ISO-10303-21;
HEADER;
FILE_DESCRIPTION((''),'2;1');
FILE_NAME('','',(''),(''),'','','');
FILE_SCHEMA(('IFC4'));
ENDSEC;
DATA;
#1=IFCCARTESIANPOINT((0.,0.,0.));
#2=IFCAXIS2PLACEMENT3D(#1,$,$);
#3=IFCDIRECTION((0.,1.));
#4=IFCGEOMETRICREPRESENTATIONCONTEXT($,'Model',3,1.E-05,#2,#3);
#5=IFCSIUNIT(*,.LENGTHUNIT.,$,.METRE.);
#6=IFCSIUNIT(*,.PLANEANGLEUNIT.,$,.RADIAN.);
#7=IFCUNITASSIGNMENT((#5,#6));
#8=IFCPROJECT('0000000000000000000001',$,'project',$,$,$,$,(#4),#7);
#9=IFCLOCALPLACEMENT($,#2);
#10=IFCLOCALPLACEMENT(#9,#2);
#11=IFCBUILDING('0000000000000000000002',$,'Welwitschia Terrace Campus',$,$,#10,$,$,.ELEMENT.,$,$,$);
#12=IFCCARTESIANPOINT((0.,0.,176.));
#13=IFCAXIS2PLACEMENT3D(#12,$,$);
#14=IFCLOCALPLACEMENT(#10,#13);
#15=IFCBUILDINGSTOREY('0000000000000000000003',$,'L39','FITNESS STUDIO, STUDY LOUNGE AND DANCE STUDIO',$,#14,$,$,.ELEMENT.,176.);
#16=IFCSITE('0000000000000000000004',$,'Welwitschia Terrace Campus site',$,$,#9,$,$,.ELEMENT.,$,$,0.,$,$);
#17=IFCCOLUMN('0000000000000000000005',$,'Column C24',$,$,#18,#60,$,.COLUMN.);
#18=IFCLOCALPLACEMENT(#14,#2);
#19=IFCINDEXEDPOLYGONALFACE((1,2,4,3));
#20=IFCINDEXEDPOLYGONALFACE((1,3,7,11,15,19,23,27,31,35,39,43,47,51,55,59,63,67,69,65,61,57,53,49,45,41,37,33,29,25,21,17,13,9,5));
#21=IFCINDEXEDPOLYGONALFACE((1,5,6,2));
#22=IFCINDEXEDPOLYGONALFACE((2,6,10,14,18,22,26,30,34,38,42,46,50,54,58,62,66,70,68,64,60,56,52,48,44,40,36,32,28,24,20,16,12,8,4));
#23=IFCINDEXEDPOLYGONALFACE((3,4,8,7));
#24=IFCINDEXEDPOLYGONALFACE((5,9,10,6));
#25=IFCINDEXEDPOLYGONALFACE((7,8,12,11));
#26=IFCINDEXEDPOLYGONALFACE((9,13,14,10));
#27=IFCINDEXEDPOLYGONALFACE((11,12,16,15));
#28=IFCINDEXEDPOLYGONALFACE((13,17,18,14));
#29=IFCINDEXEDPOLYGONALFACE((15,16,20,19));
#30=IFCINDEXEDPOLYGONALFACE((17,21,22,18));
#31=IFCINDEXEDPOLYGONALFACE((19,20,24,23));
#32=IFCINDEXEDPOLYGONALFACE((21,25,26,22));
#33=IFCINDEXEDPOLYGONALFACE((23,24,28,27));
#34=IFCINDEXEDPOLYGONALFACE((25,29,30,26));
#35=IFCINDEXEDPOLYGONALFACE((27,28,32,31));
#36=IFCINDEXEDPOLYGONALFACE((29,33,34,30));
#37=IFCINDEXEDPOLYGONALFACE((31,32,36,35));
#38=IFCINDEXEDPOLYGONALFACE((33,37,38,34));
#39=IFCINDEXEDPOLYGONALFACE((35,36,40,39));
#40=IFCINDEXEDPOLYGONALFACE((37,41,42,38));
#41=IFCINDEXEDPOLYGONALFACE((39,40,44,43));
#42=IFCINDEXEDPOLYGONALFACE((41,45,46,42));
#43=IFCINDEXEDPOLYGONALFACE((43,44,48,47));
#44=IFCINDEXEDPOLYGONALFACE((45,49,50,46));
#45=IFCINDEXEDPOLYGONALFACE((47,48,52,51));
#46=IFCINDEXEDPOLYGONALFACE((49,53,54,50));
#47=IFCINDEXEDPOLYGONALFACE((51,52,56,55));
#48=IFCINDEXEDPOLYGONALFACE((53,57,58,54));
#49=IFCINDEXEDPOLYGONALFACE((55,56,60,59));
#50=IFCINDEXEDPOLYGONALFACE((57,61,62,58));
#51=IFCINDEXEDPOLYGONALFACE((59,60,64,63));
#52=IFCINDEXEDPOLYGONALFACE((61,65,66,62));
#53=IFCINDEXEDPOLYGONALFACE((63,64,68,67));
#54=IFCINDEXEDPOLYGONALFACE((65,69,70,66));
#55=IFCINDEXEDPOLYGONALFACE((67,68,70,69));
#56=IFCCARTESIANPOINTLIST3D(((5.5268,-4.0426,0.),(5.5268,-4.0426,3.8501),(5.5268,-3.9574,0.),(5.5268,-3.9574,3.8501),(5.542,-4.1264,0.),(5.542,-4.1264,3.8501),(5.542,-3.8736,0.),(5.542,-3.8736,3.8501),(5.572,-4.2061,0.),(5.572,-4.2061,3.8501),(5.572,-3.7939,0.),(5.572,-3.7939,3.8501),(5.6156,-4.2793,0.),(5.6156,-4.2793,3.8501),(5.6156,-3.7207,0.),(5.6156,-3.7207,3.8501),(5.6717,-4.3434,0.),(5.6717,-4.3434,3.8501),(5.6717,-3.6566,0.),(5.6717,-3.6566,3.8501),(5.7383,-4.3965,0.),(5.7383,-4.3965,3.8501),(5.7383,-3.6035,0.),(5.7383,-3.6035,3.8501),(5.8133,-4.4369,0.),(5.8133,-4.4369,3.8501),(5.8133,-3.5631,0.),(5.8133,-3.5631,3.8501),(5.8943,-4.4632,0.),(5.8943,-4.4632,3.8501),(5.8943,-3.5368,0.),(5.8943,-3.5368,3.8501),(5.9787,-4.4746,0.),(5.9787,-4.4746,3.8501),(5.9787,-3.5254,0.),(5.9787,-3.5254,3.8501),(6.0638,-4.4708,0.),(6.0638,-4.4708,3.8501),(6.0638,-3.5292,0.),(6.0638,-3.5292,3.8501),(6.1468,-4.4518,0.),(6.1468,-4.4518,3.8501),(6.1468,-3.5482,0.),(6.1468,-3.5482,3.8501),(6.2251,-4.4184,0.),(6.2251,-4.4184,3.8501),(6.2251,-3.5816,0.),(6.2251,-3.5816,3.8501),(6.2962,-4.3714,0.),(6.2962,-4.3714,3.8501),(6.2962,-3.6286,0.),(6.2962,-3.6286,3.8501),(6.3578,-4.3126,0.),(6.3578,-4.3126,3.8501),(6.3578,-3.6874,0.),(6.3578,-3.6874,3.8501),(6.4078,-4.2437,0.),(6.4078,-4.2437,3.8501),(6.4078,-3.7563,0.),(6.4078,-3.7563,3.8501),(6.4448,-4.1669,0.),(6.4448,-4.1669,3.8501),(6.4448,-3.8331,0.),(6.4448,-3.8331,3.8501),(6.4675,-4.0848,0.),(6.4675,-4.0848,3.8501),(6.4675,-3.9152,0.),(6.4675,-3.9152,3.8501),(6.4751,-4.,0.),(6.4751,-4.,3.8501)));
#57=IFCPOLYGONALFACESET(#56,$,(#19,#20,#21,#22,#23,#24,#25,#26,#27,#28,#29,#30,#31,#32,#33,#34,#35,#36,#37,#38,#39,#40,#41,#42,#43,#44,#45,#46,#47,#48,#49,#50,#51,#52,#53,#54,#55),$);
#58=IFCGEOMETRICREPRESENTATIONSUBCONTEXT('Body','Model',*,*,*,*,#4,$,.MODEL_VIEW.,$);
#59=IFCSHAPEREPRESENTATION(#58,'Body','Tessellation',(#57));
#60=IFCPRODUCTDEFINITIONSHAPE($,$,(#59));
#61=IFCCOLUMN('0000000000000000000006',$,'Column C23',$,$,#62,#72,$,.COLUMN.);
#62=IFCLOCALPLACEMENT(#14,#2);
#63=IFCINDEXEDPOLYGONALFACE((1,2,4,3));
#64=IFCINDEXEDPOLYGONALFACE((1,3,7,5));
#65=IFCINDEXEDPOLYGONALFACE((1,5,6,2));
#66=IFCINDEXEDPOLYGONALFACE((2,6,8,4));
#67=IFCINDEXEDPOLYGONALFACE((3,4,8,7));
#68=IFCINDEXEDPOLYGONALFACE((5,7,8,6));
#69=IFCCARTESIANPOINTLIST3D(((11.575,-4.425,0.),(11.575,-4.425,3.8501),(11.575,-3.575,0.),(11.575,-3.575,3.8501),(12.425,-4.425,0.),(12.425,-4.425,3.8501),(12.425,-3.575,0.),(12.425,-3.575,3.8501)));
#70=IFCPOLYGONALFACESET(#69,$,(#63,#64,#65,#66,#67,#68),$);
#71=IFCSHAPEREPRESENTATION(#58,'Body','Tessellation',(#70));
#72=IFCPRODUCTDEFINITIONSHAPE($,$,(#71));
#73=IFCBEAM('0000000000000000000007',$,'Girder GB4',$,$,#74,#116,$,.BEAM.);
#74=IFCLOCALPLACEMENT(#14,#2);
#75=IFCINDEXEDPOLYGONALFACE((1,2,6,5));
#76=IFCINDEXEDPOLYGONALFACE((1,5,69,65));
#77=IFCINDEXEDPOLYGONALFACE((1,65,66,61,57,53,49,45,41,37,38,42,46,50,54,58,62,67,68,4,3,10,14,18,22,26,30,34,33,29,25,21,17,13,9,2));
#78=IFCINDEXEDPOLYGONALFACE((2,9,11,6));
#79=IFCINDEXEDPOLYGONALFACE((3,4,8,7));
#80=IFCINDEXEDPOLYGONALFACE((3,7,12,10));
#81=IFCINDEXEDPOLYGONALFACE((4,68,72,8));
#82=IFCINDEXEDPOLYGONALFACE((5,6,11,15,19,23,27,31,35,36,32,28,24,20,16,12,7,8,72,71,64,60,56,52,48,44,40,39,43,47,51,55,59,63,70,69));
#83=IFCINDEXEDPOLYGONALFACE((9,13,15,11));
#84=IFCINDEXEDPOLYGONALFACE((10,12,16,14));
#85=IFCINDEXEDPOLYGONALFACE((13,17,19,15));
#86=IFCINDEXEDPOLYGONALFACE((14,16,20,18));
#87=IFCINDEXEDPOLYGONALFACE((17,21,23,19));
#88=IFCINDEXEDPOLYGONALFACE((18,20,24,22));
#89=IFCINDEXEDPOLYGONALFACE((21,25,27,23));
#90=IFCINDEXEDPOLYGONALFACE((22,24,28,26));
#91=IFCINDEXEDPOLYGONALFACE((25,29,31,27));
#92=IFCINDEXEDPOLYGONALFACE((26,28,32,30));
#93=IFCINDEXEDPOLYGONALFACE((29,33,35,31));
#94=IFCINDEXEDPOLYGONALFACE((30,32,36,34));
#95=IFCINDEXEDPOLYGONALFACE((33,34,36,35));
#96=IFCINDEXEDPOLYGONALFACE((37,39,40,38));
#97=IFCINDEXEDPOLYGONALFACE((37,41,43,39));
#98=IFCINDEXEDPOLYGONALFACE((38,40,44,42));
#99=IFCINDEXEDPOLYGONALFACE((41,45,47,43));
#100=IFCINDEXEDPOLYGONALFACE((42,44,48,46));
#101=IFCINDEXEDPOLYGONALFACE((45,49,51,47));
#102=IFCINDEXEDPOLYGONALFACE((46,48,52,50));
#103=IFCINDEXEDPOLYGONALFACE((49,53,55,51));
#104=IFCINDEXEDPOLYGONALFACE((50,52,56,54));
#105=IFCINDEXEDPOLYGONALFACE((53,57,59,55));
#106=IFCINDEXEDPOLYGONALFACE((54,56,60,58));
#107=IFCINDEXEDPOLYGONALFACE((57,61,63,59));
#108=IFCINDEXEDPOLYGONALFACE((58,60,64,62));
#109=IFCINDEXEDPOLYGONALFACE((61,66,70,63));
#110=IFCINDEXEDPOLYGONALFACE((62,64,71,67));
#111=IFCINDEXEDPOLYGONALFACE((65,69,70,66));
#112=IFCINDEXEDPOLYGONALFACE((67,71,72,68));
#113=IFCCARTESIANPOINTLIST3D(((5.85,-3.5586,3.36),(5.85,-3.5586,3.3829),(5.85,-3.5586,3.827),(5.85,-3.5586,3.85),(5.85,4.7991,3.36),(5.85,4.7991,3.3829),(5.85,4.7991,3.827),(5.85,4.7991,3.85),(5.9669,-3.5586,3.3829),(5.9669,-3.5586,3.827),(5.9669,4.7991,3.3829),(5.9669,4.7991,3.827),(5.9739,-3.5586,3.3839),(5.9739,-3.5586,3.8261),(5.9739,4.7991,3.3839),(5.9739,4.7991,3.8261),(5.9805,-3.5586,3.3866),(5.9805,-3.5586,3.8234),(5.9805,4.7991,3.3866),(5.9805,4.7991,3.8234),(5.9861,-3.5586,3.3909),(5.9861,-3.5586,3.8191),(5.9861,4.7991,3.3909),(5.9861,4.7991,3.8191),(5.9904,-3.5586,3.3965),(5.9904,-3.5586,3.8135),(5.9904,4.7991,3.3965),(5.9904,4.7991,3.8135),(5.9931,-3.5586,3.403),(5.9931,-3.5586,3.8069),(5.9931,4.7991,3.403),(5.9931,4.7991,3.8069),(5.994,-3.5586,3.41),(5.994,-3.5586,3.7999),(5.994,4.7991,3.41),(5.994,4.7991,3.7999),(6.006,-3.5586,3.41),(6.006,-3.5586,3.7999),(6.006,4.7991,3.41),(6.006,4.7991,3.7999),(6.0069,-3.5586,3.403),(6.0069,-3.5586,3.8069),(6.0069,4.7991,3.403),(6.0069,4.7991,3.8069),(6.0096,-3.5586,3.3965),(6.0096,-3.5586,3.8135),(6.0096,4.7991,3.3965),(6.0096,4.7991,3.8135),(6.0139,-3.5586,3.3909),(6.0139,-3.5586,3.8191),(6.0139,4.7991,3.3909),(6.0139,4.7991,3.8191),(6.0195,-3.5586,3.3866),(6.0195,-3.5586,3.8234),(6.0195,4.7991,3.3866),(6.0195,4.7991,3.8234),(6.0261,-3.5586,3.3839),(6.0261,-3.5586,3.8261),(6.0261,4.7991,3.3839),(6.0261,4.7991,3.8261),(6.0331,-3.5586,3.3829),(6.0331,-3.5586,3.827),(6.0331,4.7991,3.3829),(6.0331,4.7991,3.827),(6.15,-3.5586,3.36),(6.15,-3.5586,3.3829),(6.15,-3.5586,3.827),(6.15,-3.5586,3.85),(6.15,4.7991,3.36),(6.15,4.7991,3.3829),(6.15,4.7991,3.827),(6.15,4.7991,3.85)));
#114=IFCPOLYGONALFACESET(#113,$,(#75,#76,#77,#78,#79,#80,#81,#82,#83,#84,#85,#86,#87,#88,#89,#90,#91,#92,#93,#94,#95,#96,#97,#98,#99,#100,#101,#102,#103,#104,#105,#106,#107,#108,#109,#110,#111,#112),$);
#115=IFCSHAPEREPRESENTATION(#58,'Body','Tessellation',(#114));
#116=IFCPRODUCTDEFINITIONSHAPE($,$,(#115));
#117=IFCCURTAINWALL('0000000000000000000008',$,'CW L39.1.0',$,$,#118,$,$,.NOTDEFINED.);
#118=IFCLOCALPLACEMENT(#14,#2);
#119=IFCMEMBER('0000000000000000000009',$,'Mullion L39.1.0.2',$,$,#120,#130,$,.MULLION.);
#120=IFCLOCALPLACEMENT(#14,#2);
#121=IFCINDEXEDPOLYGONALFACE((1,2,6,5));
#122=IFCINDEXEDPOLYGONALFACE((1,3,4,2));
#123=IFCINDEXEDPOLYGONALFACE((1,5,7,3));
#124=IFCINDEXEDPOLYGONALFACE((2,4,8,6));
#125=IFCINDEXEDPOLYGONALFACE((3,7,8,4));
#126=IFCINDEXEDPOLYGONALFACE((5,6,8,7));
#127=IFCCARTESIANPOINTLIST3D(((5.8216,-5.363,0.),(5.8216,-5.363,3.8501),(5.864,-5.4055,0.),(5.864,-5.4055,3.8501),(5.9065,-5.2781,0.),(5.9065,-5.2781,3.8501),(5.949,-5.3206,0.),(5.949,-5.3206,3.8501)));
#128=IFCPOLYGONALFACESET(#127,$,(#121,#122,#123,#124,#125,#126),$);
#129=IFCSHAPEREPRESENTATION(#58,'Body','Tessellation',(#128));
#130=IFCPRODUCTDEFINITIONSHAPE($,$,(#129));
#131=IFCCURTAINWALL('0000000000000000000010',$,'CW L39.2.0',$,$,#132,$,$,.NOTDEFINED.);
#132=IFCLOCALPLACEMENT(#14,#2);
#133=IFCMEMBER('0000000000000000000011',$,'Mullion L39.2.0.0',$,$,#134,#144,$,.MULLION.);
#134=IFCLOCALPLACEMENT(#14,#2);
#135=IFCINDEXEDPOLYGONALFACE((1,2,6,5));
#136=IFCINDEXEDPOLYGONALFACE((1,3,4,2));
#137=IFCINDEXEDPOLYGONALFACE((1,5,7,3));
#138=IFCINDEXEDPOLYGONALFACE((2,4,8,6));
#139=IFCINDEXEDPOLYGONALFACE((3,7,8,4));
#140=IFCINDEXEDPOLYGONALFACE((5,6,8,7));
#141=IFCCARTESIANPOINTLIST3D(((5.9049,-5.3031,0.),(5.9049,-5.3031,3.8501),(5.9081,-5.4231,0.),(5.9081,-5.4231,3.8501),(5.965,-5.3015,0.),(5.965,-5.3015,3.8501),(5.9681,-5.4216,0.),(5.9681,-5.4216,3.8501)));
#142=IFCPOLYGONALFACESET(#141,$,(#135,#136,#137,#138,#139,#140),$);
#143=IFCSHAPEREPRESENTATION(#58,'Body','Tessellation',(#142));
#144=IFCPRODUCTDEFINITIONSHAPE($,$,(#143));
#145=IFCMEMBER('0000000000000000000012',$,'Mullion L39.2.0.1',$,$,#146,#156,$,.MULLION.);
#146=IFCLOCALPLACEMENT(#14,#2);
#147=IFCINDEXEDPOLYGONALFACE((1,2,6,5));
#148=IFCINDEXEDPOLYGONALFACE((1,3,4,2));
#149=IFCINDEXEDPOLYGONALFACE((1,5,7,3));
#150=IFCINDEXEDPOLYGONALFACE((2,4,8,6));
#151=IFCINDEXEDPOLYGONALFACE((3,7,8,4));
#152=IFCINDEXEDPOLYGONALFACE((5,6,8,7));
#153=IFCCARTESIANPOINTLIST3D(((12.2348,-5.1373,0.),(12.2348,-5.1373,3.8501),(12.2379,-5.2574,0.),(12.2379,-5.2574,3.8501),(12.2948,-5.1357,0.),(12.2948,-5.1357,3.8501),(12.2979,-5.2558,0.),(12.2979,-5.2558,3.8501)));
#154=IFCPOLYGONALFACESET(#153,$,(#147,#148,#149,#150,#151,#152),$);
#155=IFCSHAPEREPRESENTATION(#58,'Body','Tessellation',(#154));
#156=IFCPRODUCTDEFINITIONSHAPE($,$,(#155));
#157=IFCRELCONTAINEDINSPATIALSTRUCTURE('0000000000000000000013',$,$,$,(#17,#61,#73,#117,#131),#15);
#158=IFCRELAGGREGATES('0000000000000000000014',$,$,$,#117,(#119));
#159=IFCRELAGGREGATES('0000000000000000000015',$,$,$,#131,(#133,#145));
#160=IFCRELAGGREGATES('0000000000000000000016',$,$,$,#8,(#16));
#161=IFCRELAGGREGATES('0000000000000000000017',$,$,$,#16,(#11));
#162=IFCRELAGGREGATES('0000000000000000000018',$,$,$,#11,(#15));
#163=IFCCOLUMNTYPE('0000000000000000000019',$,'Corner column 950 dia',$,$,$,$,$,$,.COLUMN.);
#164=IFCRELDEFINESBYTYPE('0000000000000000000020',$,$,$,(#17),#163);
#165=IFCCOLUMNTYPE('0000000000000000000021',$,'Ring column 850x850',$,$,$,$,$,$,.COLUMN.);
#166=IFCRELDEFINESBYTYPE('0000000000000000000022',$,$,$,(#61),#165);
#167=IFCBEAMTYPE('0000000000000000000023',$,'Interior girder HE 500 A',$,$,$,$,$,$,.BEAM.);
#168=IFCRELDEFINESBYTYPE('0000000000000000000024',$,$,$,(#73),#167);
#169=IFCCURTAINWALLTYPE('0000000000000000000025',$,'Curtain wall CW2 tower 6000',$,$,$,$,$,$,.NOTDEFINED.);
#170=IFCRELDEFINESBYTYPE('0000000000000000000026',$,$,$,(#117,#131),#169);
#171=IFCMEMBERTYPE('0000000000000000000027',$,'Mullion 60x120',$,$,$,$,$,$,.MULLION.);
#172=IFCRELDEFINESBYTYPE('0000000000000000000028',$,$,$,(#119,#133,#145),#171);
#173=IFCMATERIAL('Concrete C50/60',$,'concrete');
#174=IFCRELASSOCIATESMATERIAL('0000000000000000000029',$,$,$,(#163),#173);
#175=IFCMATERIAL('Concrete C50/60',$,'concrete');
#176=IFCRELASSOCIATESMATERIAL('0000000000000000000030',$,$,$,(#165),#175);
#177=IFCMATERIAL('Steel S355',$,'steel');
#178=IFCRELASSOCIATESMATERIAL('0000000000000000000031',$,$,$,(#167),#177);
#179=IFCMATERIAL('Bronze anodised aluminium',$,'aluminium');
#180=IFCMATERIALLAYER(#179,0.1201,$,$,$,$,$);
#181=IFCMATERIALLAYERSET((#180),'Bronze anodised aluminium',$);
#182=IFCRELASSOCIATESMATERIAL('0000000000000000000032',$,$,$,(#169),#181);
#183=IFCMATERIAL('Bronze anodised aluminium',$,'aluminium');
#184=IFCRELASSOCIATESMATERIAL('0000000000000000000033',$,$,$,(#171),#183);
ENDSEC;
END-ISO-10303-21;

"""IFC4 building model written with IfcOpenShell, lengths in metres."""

from ifc_helpers import new_model, si_unit, direction, frame, origin, origin_2d, place, context, subcontext, project, spatial, rectangle, circle, i_section, extrude, material, layer, layer_set, material_profile, profile_set, type_object, element, aggregate, save


model = new_model("IFC4")

# Units and contexts
model_context = context("Model", 3, precision=1e-05, world=origin(), true_north=direction((0.0, 1.0)))
body_context = subcontext(model_context, "Body", "Model", "MODEL_VIEW")
ifc_project = project(units=[si_unit("LENGTHUNIT", "METRE"), si_unit("PLANEANGLEUNIT", "RADIAN")], contexts=[model_context])

# Site, building, storey
site_placement = place(None, origin())
site = spatial("IfcSite", under=ifc_project, at=site_placement, Name="Welwitschia Terrace Campus site", CompositionType="ELEMENT", RefElevation=0.0)
building_placement = place(site_placement, origin())
building = spatial("IfcBuilding", under=site, at=building_placement, Name="Welwitschia Terrace Campus", CompositionType="ELEMENT")
storey_placement = place(building_placement, frame((0.0, 0.0, 176.0)))
storey = spatial("IfcBuildingStorey", under=building, at=storey_placement, Name="L39", Description="FITNESS STUDIO, STUDY LOUNGE AND DANCE STUDIO", CompositionType="ELEMENT", Elevation=176.0)

# Columns
ifc_material_1 = material(Name="Concrete C50/60", Category="concrete")
ifc_material_profile_1 = material_profile(ifc_material_1, circle(Radius=0.4751, at=origin_2d()))
ifc_profile_set_1 = profile_set([ifc_material_profile_1], Name="Concrete C50/60")
column_type_1 = type_object("IfcColumnType", Name="Corner column 950 dia", PredefinedType="COLUMN", material=ifc_profile_set_1)
column_1_placement = place(storey_placement, frame((6.0, -4.0, 0.0), z_axis=(0.0, 0.0, 1.0), x_axis=(1.0, 0.0, 0.0)))
element("IfcColumn", 1, at=column_1_placement, inside=storey, type_object=column_type_1, Name="Column C24", PredefinedType="COLUMN", context=body_context, shape_type="SweptSolid", body=[
    extrude(circle(Radius=0.4751, at=origin_2d()), origin(), (0.0, 0.0, 1.0), 3.8501),
])
ifc_material_2 = material(Name="Concrete C50/60", Category="concrete")
ifc_material_profile_2 = material_profile(ifc_material_2, rectangle(XDim=0.8501, YDim=0.8501, at=origin_2d()))
ifc_profile_set_2 = profile_set([ifc_material_profile_2], Name="Concrete C50/60")
column_type_2 = type_object("IfcColumnType", Name="Ring column 850x850", PredefinedType="COLUMN", material=ifc_profile_set_2)
column_2_placement = place(storey_placement, frame((12.0, -4.0, 0.0), z_axis=(0.0, 0.0, 1.0), x_axis=(1.0, 0.0, 0.0)))
element("IfcColumn", 2, at=column_2_placement, inside=storey, type_object=column_type_2, Name="Column C23", PredefinedType="COLUMN", context=body_context, shape_type="SweptSolid", body=[
    extrude(rectangle(XDim=0.8501, YDim=0.8501, at=origin_2d()), origin(), (0.0, 0.0, 1.0), 3.8501),
])

# Beam
ifc_material_3 = material(Name="Steel S355", Category="steel")
ifc_material_profile_3 = material_profile(ifc_material_3, i_section(OverallWidth=0.3, OverallDepth=0.49, WebThickness=0.012, FlangeThickness=0.0229, FilletRadius=0.0271, at=origin_2d()))
ifc_profile_set_3 = profile_set([ifc_material_profile_3], Name="Steel S355")
beam_type_1 = type_object("IfcBeamType", Name="Interior girder HE 500 A", PredefinedType="BEAM", material=ifc_profile_set_3)
beam_1_placement = place(storey_placement, frame((6.0, -3.5586, 3.605), z_axis=(0.0, 1.0, 0.0), x_axis=(-1.0, 0.0, 0.0)))
element("IfcBeam", 3, at=beam_1_placement, inside=storey, type_object=beam_type_1, Name="Girder GB4", PredefinedType="BEAM", context=body_context, shape_type="SweptSolid", body=[
    extrude(i_section(OverallWidth=0.3, OverallDepth=0.49, WebThickness=0.012, FlangeThickness=0.0229, FilletRadius=0.0271, at=origin_2d()), origin(), (0.0, 0.0, 1.0), 8.3577),
])

# Curtain wall, member
ifc_material_4 = material(Name="Bronze anodised aluminium", Category="aluminium")
ifc_layer_1 = layer(ifc_material_4, 0.1201)
ifc_layer_set_1 = layer_set([ifc_layer_1], Name="Bronze anodised aluminium")
curtain_wall_type = type_object("IfcCurtainWallType", Name="Curtain wall CW2 tower 6000", PredefinedType="NOTDEFINED", material=ifc_layer_set_1)
curtain_wall_1_placement = place(storey_placement, origin())
curtain_wall_1 = element("IfcCurtainWall", 4, at=curtain_wall_1_placement, inside=storey, type_object=curtain_wall_type, Name="CW L39.1.0", PredefinedType="NOTDEFINED")
ifc_material_5 = material(Name="Bronze anodised aluminium", Category="aluminium")
ifc_material_profile_4 = material_profile(ifc_material_5, rectangle(XDim=0.1201, YDim=0.0601, at=origin_2d()))
ifc_profile_set_4 = profile_set([ifc_material_profile_4], Name="Bronze anodised aluminium")
member_type_1 = type_object("IfcMemberType", Name="Mullion 60x120", PredefinedType="MULLION", material=ifc_profile_set_4)
member_1_placement = place(storey_placement, frame((5.8853, -5.3418, 0.0), z_axis=(0.0, 0.0, 1.0), x_axis=(0.707107, 0.707107, 0.0)))
member_1 = element("IfcMember", 5, at=member_1_placement, type_object=member_type_1, Name="Mullion L39.1.0.2", PredefinedType="MULLION", context=body_context, shape_type="SweptSolid", body=[
    extrude(rectangle(XDim=0.1201, YDim=0.0601, at=origin_2d()), origin(), (0.0, 0.0, 1.0), 3.8501),
])

# Curtain wall, members
curtain_wall_2_placement = place(storey_placement, origin())
curtain_wall_2 = element("IfcCurtainWall", 6, at=curtain_wall_2_placement, inside=storey, type_object=curtain_wall_type, Name="CW L39.2.0", PredefinedType="NOTDEFINED")
member_2_placement = place(storey_placement, frame((5.9365, -5.3623, 0.0), z_axis=(0.0, 0.0, 1.0), x_axis=(-0.026177, 0.999657, 0.0)))
member_2 = element("IfcMember", 7, at=member_2_placement, type_object=member_type_1, Name="Mullion L39.2.0.0", PredefinedType="MULLION", context=body_context, shape_type="SweptSolid", body=[
    extrude(rectangle(XDim=0.1201, YDim=0.0601, at=origin_2d()), origin(), (0.0, 0.0, 1.0), 3.8501),
])
member_3_placement = place(storey_placement, frame((12.2664, -5.1965, 0.0), z_axis=(0.0, 0.0, 1.0), x_axis=(-0.026177, 0.999657, 0.0)))
member_3 = element("IfcMember", 8, at=member_3_placement, type_object=member_type_1, Name="Mullion L39.2.0.1", PredefinedType="MULLION", context=body_context, shape_type="SweptSolid", body=[
    extrude(rectangle(XDim=0.1201, YDim=0.0601, at=origin_2d()), origin(), (0.0, 0.0, 1.0), 3.8501),
])

aggregate(curtain_wall_1, [member_1])
aggregate(curtain_wall_2, [member_2, member_3])

save(model, "model.ifc")
